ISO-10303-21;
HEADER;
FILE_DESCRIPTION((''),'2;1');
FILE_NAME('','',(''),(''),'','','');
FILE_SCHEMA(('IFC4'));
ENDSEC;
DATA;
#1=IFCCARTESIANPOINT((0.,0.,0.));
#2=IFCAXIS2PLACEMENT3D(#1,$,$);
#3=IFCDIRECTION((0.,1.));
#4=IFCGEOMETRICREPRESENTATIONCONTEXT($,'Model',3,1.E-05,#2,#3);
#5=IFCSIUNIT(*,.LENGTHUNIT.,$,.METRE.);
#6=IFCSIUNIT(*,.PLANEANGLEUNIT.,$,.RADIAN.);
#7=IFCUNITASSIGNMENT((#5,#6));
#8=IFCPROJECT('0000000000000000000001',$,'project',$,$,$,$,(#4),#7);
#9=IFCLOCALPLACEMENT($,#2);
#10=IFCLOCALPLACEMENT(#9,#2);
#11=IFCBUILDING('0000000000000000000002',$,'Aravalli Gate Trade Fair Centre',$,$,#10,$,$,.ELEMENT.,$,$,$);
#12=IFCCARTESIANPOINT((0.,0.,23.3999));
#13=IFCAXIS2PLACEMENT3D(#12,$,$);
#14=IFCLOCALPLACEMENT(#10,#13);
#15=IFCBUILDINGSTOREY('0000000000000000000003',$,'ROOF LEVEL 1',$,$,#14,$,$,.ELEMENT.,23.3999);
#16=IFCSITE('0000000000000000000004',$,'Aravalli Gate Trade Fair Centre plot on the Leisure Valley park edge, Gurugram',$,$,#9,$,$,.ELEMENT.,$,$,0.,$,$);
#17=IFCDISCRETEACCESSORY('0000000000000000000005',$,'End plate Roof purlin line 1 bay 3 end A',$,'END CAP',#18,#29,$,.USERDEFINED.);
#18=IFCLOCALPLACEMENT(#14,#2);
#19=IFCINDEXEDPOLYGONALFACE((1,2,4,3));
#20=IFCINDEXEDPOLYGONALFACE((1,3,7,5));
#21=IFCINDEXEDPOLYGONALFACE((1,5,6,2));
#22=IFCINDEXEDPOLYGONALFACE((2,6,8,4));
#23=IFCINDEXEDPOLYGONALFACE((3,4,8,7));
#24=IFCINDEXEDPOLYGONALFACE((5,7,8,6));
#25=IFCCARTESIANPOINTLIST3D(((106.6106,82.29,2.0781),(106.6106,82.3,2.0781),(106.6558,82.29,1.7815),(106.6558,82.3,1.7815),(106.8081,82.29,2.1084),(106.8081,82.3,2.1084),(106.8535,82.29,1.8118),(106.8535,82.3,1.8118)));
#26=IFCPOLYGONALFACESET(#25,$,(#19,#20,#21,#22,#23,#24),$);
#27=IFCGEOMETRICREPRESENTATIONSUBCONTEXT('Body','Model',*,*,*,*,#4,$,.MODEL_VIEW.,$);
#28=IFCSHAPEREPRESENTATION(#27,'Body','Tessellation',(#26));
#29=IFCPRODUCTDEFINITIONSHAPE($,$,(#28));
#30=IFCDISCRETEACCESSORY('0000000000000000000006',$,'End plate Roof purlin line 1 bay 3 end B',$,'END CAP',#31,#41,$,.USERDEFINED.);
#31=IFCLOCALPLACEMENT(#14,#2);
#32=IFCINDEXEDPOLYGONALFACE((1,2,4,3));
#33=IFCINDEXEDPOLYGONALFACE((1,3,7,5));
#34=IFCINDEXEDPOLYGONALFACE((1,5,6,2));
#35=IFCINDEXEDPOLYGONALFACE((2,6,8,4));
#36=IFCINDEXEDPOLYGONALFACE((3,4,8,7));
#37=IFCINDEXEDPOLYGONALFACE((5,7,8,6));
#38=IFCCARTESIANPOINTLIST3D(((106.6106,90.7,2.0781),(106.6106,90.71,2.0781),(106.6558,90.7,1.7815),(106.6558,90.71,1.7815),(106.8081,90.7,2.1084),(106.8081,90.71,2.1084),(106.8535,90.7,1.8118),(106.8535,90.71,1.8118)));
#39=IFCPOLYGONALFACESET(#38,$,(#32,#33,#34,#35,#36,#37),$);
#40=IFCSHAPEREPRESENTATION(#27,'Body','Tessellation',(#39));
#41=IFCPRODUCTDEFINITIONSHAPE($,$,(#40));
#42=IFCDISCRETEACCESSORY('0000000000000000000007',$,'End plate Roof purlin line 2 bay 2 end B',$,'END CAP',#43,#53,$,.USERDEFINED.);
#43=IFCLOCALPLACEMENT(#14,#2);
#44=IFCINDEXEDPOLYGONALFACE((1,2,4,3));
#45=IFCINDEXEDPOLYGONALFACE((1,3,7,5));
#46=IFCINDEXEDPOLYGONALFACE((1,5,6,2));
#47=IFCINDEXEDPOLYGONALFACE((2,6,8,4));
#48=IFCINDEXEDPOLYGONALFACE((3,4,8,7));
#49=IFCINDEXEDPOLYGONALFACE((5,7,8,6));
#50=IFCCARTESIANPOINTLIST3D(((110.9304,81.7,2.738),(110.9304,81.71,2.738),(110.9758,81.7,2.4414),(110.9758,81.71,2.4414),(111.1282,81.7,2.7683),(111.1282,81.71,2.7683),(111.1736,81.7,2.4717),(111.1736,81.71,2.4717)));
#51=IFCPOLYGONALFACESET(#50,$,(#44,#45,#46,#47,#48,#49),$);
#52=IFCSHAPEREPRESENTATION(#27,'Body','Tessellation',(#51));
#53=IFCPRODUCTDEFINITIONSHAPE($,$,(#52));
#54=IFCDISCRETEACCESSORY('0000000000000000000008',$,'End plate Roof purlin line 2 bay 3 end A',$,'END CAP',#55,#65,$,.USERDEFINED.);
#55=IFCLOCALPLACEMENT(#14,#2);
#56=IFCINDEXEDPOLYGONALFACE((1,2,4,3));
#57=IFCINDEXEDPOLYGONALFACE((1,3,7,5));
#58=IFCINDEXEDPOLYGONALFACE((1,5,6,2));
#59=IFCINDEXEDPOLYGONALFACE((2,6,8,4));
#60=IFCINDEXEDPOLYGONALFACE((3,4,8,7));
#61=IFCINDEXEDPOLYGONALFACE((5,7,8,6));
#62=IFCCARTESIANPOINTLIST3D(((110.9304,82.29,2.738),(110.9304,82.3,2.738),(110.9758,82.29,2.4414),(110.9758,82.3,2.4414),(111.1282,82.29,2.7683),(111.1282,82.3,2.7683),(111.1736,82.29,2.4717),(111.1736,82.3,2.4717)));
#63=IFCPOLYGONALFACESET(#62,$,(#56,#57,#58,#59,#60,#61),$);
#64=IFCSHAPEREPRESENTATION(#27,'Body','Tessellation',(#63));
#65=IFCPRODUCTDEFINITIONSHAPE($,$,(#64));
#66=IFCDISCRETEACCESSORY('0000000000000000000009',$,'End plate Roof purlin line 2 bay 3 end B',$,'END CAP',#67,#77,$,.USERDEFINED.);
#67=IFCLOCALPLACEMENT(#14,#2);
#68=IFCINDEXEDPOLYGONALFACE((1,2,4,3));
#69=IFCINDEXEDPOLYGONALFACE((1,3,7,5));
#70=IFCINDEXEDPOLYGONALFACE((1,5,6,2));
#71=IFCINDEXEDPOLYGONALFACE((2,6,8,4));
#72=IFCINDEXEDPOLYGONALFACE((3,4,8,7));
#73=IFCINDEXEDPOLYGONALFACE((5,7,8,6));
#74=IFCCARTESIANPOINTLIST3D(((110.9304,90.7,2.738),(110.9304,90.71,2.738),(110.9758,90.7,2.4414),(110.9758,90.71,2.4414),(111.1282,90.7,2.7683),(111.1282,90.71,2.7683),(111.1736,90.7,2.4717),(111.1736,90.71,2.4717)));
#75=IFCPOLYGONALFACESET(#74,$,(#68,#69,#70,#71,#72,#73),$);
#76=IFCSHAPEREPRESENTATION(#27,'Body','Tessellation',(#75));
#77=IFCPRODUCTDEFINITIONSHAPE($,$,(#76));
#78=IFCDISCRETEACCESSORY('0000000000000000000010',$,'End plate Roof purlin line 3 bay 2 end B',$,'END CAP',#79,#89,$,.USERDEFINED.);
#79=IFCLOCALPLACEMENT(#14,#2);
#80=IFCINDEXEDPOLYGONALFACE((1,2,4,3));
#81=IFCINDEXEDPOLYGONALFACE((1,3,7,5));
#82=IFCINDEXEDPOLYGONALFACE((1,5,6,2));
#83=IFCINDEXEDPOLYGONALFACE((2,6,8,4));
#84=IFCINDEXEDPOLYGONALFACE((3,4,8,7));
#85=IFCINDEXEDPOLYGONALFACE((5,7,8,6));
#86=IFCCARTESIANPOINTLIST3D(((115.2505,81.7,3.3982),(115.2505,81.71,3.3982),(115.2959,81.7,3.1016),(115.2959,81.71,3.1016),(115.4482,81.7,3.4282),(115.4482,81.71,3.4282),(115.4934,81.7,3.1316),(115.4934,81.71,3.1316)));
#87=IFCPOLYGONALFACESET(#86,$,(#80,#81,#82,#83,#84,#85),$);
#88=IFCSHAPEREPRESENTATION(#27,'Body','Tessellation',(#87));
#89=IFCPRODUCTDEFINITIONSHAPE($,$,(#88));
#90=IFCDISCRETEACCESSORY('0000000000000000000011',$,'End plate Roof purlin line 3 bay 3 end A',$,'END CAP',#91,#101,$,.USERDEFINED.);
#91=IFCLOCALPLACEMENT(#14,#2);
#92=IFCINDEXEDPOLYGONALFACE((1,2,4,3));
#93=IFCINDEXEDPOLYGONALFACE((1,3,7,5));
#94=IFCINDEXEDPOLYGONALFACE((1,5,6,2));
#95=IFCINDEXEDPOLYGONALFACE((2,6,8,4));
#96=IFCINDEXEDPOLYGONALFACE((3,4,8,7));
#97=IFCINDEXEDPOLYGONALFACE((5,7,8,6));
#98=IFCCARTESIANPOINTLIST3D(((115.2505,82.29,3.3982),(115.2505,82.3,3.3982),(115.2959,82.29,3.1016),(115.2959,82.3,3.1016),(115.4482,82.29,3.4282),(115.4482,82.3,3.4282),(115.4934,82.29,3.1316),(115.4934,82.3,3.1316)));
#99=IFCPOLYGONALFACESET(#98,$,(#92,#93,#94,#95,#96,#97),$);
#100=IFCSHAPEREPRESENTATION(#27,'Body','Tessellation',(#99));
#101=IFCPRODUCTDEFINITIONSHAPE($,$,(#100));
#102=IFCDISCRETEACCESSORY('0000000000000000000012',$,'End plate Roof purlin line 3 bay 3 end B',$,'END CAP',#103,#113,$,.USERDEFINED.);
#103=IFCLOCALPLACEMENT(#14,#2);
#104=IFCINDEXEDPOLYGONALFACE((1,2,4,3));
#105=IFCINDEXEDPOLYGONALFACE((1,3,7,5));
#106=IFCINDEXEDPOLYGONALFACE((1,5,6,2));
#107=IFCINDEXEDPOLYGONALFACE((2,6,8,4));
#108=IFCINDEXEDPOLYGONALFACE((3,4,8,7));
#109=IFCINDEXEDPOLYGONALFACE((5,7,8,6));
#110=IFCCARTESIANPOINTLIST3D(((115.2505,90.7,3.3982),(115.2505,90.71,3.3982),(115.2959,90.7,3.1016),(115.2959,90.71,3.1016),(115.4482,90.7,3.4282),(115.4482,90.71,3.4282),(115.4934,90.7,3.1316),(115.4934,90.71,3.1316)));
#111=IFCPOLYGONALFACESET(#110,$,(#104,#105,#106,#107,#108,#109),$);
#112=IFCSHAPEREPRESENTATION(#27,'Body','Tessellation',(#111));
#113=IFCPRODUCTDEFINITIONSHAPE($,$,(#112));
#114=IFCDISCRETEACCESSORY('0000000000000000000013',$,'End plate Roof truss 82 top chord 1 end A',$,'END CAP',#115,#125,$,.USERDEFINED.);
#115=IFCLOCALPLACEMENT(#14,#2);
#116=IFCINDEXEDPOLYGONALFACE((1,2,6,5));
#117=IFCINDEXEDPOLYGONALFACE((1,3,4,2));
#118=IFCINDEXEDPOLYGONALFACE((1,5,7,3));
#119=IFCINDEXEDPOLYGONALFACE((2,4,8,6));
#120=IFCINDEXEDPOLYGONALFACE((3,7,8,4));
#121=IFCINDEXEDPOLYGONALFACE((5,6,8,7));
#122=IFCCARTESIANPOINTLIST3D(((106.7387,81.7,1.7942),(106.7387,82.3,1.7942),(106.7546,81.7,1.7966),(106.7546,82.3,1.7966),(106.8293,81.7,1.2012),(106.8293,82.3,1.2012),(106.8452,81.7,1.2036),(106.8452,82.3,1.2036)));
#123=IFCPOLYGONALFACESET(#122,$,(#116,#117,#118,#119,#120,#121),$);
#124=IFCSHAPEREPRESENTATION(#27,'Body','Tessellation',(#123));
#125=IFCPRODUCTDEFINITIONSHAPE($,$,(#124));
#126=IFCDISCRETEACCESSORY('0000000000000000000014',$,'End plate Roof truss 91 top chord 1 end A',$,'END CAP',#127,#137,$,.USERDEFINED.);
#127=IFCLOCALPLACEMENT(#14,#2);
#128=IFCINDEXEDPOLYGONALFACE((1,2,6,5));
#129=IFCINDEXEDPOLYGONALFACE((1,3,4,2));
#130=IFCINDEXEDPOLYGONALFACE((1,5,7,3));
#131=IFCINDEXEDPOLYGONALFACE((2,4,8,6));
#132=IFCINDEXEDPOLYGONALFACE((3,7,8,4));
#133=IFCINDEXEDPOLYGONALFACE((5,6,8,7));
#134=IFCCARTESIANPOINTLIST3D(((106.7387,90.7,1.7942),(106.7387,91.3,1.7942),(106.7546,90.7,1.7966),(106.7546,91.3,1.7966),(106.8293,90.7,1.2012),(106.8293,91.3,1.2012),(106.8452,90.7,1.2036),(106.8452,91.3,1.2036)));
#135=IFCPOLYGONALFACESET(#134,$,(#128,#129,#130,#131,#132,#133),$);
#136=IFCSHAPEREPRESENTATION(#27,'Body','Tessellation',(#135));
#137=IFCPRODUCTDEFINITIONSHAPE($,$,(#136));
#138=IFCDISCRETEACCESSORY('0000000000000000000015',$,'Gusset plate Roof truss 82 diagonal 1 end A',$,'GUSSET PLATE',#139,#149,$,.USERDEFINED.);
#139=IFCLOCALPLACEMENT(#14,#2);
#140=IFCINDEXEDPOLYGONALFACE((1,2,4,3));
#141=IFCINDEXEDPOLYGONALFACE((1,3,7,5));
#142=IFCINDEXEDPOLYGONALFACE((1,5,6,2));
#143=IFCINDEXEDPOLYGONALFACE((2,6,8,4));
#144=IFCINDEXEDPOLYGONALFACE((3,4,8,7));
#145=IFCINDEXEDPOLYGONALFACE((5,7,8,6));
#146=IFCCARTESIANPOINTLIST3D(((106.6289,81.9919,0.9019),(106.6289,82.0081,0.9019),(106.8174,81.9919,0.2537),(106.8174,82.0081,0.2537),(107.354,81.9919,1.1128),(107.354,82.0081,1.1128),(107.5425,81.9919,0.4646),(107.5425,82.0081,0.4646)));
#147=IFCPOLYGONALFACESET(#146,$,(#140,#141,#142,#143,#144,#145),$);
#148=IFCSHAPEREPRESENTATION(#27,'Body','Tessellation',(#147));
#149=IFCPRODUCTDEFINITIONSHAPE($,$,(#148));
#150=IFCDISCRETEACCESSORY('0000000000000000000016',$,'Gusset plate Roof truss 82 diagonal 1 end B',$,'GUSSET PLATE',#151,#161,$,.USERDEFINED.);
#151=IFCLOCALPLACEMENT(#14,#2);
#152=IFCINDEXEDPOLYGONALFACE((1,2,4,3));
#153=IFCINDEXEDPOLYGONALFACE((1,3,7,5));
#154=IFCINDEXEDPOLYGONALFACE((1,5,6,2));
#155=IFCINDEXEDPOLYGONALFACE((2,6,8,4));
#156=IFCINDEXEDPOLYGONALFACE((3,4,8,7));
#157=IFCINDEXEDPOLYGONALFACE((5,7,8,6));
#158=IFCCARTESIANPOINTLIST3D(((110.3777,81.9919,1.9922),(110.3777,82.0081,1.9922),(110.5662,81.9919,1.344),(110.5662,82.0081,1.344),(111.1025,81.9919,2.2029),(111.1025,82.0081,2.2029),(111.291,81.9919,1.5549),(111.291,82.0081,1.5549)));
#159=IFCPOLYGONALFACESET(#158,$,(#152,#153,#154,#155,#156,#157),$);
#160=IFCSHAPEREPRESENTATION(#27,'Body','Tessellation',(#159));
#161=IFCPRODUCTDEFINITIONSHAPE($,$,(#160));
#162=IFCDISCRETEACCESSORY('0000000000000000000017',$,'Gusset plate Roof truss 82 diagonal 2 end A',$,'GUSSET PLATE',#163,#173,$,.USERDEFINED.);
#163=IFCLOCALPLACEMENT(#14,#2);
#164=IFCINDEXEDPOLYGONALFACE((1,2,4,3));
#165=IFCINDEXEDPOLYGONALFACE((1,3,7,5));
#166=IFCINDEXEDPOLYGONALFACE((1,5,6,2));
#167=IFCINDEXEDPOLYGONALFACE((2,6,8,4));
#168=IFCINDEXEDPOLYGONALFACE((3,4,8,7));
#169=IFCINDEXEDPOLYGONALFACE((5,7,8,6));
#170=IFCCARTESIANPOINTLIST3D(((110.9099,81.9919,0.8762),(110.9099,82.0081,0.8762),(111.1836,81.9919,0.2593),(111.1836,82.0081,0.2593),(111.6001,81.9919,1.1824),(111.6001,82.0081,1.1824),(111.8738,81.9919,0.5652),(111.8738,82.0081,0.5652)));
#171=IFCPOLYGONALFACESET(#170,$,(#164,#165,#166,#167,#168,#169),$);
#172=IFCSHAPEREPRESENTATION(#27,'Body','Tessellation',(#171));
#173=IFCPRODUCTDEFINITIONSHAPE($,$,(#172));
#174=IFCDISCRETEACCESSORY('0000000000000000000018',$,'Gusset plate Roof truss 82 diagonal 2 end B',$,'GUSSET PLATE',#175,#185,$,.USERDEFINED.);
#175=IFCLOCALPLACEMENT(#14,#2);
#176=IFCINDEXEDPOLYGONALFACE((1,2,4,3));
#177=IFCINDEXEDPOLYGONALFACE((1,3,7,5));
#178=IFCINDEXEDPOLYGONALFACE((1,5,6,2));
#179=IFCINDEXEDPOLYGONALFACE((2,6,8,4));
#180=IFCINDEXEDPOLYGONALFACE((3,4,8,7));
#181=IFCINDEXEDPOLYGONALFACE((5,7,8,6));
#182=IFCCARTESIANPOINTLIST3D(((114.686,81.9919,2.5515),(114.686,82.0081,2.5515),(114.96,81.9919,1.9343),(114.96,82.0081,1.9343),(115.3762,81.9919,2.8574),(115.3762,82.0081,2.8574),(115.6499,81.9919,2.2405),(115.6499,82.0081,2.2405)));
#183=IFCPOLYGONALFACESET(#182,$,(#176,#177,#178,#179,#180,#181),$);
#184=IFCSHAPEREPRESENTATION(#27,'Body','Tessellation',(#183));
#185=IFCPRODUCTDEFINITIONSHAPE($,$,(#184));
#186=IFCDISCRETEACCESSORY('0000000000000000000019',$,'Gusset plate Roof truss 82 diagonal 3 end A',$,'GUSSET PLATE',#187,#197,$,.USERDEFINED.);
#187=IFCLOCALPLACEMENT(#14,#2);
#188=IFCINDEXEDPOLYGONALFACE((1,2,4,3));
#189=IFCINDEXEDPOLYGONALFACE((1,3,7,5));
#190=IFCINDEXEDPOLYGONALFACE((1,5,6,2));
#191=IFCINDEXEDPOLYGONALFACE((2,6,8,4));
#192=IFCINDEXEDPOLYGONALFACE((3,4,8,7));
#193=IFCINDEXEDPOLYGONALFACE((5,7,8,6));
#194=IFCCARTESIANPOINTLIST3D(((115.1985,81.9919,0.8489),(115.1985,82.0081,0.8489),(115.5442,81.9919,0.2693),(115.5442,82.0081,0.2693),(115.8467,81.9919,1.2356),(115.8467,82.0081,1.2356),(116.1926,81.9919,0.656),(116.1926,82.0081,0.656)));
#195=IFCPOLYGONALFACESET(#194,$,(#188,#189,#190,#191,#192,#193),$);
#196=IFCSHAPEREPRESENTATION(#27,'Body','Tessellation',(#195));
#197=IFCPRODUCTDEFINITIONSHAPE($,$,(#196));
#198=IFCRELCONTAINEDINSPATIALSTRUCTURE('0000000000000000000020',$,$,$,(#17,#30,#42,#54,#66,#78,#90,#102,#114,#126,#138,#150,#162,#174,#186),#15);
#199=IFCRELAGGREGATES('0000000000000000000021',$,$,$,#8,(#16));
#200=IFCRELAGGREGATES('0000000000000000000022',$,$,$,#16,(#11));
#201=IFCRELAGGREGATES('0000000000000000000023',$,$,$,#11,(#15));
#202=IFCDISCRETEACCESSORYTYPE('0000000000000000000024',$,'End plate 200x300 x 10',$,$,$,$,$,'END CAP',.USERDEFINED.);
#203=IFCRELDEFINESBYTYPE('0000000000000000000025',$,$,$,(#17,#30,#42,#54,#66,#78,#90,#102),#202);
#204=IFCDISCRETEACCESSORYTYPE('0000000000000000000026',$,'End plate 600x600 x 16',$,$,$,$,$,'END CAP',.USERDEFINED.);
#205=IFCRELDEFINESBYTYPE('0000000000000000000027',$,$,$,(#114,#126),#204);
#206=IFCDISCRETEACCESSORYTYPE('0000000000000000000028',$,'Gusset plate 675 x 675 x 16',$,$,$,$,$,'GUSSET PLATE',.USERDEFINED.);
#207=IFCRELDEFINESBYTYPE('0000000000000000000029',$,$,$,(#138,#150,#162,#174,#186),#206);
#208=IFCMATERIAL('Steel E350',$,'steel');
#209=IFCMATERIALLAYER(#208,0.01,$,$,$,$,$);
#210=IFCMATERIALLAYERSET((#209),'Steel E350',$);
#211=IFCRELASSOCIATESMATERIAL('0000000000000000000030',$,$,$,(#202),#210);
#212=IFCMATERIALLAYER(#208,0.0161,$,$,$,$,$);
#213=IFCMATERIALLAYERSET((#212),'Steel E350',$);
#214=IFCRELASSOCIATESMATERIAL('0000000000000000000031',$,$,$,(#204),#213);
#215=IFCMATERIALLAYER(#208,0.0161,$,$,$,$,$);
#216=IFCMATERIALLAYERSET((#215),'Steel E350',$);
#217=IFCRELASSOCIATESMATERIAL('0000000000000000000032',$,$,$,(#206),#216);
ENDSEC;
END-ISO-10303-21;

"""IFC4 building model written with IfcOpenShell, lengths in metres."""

from ifc_helpers import new_model, si_unit, direction, frame, origin, place, context, subcontext, project, spatial, polyline, outline, extrude, material, layer, layer_set, type_object, element, save


model = new_model("IFC4")

# Units and contexts
model_context = context("Model", 3, precision=1e-05, world=origin(), true_north=direction((0.0, 1.0)))
body_context = subcontext(model_context, "Body", "Model", "MODEL_VIEW")
ifc_project = project(units=[si_unit("LENGTHUNIT", "METRE"), si_unit("PLANEANGLEUNIT", "RADIAN")], contexts=[model_context])

# Site, building, storey
site_placement = place(None, origin())
site = spatial("IfcSite", under=ifc_project, at=site_placement, Name="Aravalli Gate Trade Fair Centre plot on the Leisure Valley park edge, Gurugram", CompositionType="ELEMENT", RefElevation=0.0)
building_placement = place(site_placement, origin())
building = spatial("IfcBuilding", under=site, at=building_placement, Name="Aravalli Gate Trade Fair Centre", CompositionType="ELEMENT")
storey_placement = place(building_placement, frame((0.0, 0.0, 23.3999)))
storey = spatial("IfcBuildingStorey", under=building, at=storey_placement, Name="ROOF LEVEL 1", CompositionType="ELEMENT", Elevation=23.3999)

# Shared definitions
ifc_material = material(Name="Steel E350", Category="steel")

# Discrete accessories
ifc_layer_1 = layer(ifc_material, 0.01)
ifc_layer_set_1 = layer_set([ifc_layer_1], Name="Steel E350")
discrete_accessory_type_1 = type_object("IfcDiscreteAccessoryType", Name="End plate 200x300 x 10", ElementType="END CAP", PredefinedType="USERDEFINED", material=ifc_layer_set_1)
for number, where, z_axis, x_axis, name in (
    (1, (106.8535, 82.3, 1.8118), (0.0, 1.0, 0.0), (-0.988484, 0.0, -0.151324), "End plate Roof purlin line 1 bay 3 end A"),
    (2, (106.8535, 90.71, 1.8118), (0.0, 1.0, 0.0), (-0.988484, 0.0, -0.151324), "End plate Roof purlin line 1 bay 3 end B"),
):
    element("IfcDiscreteAccessory", number, at=place(storey_placement, frame(where, z_axis=z_axis, x_axis=x_axis)), inside=storey, type_object=discrete_accessory_type_1, Name=name, ObjectType="END CAP", PredefinedType="USERDEFINED", context=body_context, shape_type="SweptSolid", body=[
        extrude(outline(polyline([(0.0, 0.0), (0.2001, 0.0), (0.1998, 0.3), (0.0, 0.3001), (0.0, 0.0)])), origin(), (0.0, 0.0, -1.0), 0.01),
    ])
for number, where, z_axis, x_axis, name in (
    (3, (111.1736, 81.71, 2.4717), (0.0, 1.0, 0.0), (-0.988484, 0.0, -0.151324), "End plate Roof purlin line 2 bay 2 end B"),
    (4, (111.1736, 82.3, 2.4717), (0.0, 1.0, 0.0), (-0.988484, 0.0, -0.151324), "End plate Roof purlin line 2 bay 3 end A"),
    (5, (111.1736, 90.71, 2.4717), (0.0, 1.0, 0.0), (-0.988484, 0.0, -0.151324), "End plate Roof purlin line 2 bay 3 end B"),
):
    element("IfcDiscreteAccessory", number, at=place(storey_placement, frame(where, z_axis=z_axis, x_axis=x_axis)), inside=storey, type_object=discrete_accessory_type_1, Name=name, ObjectType="END CAP", PredefinedType="USERDEFINED", context=body_context, shape_type="SweptSolid", body=[
        extrude(outline(polyline([(0.0, 0.0), (0.2001, 0.0), (0.2001, 0.3001), (0.0, 0.3001), (0.0, 0.0)])), origin(), (0.0, 0.0, -1.0), 0.01),
    ])
for number, where, z_axis, x_axis, name in (
    (6, (115.4934, 81.71, 3.1316), (0.0, 1.0, 0.0), (-0.988639, 0.0, -0.150312), "End plate Roof purlin line 3 bay 2 end B"),
    (7, (115.4934, 82.3, 3.1316), (0.0, 1.0, 0.0), (-0.988639, 0.0, -0.150312), "End plate Roof purlin line 3 bay 3 end A"),
    (8, (115.4934, 90.71, 3.1316), (0.0, 1.0, 0.0), (-0.988639, 0.0, -0.150312), "End plate Roof purlin line 3 bay 3 end B"),
):
    element("IfcDiscreteAccessory", number, at=place(storey_placement, frame(where, z_axis=z_axis, x_axis=x_axis)), inside=storey, type_object=discrete_accessory_type_1, Name=name, ObjectType="END CAP", PredefinedType="USERDEFINED", context=body_context, shape_type="SweptSolid", body=[
        extrude(outline(polyline([(0.0, 0.0), (0.1998, 0.0), (0.2001, 0.3001), (0.0001, 0.3), (0.0, 0.0)])), origin(), (0.0, 0.0, -1.0), 0.01),
    ])
ifc_layer_2 = layer(ifc_material, 0.0161)
ifc_layer_set_2 = layer_set([ifc_layer_2], Name="Steel E350")
discrete_accessory_type_2 = type_object("IfcDiscreteAccessoryType", Name="End plate 600x600 x 16", ElementType="END CAP", PredefinedType="USERDEFINED", material=ifc_layer_set_2)
for number, where, z_axis, x_axis, name in (
    (9, (106.8452, 81.7, 1.2036), (0.988536, 0.0, 0.150987), (0.0, 1.0, 0.0), "End plate Roof truss 82 top chord 1 end A"),
    (10, (106.8452, 90.7, 1.2036), (0.988536, 0.0, 0.150987), (0.0, 1.0, 0.0), "End plate Roof truss 91 top chord 1 end A"),
):
    element("IfcDiscreteAccessory", number, at=place(storey_placement, frame(where, z_axis=z_axis, x_axis=x_axis)), inside=storey, type_object=discrete_accessory_type_2, Name=name, ObjectType="END CAP", PredefinedType="USERDEFINED", context=body_context, shape_type="SweptSolid", body=[
        extrude(outline(polyline([(0.0, 0.0), (0.6001, 0.0), (0.6001, 0.5999), (0.0, 0.5999), (0.0, 0.0)])), origin(), (0.0, 0.0, -1.0), 0.0161),
    ])
ifc_layer_3 = layer(ifc_material, 0.0161)
ifc_layer_set_3 = layer_set([ifc_layer_3], Name="Steel E350")
discrete_accessory_type_3 = type_object("IfcDiscreteAccessoryType", Name="Gusset plate 675 x 675 x 16", ElementType="GUSSET PLATE", PredefinedType="USERDEFINED", material=ifc_layer_set_3)
discrete_accessory_1_placement = place(storey_placement, frame((107.5425, 82.0081, 0.4646), z_axis=(0.0, 1.0, 0.0), x_axis=(-0.960195, 0.0, -0.27933)))
element("IfcDiscreteAccessory", 11, at=discrete_accessory_1_placement, inside=storey, type_object=discrete_accessory_type_3, Name="Gusset plate Roof truss 82 diagonal 1 end A", ObjectType="GUSSET PLATE", PredefinedType="USERDEFINED", context=body_context, shape_type="SweptSolid", body=[
    extrude(outline(polyline([(0.0, 0.0), (0.7552, 0.0), (0.7551, 0.675), (-0.0001, 0.675), (0.0, 0.0)])), origin(), (0.0, 0.0, -1.0), 0.0161),
])
discrete_accessory_2_placement = place(storey_placement, frame((110.5662, 81.9919, 1.344), z_axis=(0.0, -1.0, 0.0), x_axis=(0.96017, 0.0, 0.279416)))
element("IfcDiscreteAccessory", 12, at=discrete_accessory_2_placement, inside=storey, type_object=discrete_accessory_type_3, Name="Gusset plate Roof truss 82 diagonal 1 end B", ObjectType="GUSSET PLATE", PredefinedType="USERDEFINED", context=body_context, shape_type="SweptSolid", body=[
    extrude(outline(polyline([(0.0, 0.0), (0.7549, 0.0), (0.755, 0.6748), (0.0001, 0.675), (0.0, 0.0)])), origin(), (0.0, 0.0, -1.0), 0.0161),
])
discrete_accessory_3_placement = place(storey_placement, frame((111.6001, 81.9919, 1.1824), z_axis=(0.0, -1.0, 0.0), x_axis=(-0.914105, 0.0, -0.405478)))
element("IfcDiscreteAccessory", 13, at=discrete_accessory_3_placement, inside=storey, type_object=discrete_accessory_type_3, Name="Gusset plate Roof truss 82 diagonal 2 end A", ObjectType="GUSSET PLATE", PredefinedType="USERDEFINED", context=body_context, shape_type="SweptSolid", body=[
    extrude(outline(polyline([(0.0, 0.0), (0.755, 0.0), (0.755, 0.6749), (0.0001, 0.6751), (0.0, 0.0)])), origin(), (0.0, 0.0, -1.0), 0.0161),
])
discrete_accessory_4_placement = place(storey_placement, frame((114.96, 81.9919, 1.9343), z_axis=(0.0, -1.0, 0.0), x_axis=(0.914051, 0.0, 0.405598)))
element("IfcDiscreteAccessory", 14, at=discrete_accessory_4_placement, inside=storey, type_object=discrete_accessory_type_3, Name="Gusset plate Roof truss 82 diagonal 2 end B", ObjectType="GUSSET PLATE", PredefinedType="USERDEFINED", context=body_context, shape_type="SweptSolid", body=[
    extrude(outline(polyline([(0.0, 0.0), (0.7548, 0.0), (0.7549, 0.6749), (-0.0001, 0.6752), (0.0, 0.0)])), origin(), (0.0, 0.0, -1.0), 0.0161),
])
discrete_accessory_5_placement = place(storey_placement, frame((115.8467, 81.9919, 1.2356), z_axis=(0.0, -1.0, 0.0), x_axis=(-0.858775, 0.0, -0.512354)))
element("IfcDiscreteAccessory", 15, at=discrete_accessory_5_placement, inside=storey, type_object=discrete_accessory_type_3, Name="Gusset plate Roof truss 82 diagonal 3 end A", ObjectType="GUSSET PLATE", PredefinedType="USERDEFINED", context=body_context, shape_type="SweptSolid", body=[
    extrude(outline(polyline([(0.0, 0.0), (0.7548, 0.0), (0.7549, 0.6749), (-0.0001, 0.675), (0.0, 0.0)])), origin(), (0.0, 0.0, -1.0), 0.0161),
])

save(model, "model.ifc")
